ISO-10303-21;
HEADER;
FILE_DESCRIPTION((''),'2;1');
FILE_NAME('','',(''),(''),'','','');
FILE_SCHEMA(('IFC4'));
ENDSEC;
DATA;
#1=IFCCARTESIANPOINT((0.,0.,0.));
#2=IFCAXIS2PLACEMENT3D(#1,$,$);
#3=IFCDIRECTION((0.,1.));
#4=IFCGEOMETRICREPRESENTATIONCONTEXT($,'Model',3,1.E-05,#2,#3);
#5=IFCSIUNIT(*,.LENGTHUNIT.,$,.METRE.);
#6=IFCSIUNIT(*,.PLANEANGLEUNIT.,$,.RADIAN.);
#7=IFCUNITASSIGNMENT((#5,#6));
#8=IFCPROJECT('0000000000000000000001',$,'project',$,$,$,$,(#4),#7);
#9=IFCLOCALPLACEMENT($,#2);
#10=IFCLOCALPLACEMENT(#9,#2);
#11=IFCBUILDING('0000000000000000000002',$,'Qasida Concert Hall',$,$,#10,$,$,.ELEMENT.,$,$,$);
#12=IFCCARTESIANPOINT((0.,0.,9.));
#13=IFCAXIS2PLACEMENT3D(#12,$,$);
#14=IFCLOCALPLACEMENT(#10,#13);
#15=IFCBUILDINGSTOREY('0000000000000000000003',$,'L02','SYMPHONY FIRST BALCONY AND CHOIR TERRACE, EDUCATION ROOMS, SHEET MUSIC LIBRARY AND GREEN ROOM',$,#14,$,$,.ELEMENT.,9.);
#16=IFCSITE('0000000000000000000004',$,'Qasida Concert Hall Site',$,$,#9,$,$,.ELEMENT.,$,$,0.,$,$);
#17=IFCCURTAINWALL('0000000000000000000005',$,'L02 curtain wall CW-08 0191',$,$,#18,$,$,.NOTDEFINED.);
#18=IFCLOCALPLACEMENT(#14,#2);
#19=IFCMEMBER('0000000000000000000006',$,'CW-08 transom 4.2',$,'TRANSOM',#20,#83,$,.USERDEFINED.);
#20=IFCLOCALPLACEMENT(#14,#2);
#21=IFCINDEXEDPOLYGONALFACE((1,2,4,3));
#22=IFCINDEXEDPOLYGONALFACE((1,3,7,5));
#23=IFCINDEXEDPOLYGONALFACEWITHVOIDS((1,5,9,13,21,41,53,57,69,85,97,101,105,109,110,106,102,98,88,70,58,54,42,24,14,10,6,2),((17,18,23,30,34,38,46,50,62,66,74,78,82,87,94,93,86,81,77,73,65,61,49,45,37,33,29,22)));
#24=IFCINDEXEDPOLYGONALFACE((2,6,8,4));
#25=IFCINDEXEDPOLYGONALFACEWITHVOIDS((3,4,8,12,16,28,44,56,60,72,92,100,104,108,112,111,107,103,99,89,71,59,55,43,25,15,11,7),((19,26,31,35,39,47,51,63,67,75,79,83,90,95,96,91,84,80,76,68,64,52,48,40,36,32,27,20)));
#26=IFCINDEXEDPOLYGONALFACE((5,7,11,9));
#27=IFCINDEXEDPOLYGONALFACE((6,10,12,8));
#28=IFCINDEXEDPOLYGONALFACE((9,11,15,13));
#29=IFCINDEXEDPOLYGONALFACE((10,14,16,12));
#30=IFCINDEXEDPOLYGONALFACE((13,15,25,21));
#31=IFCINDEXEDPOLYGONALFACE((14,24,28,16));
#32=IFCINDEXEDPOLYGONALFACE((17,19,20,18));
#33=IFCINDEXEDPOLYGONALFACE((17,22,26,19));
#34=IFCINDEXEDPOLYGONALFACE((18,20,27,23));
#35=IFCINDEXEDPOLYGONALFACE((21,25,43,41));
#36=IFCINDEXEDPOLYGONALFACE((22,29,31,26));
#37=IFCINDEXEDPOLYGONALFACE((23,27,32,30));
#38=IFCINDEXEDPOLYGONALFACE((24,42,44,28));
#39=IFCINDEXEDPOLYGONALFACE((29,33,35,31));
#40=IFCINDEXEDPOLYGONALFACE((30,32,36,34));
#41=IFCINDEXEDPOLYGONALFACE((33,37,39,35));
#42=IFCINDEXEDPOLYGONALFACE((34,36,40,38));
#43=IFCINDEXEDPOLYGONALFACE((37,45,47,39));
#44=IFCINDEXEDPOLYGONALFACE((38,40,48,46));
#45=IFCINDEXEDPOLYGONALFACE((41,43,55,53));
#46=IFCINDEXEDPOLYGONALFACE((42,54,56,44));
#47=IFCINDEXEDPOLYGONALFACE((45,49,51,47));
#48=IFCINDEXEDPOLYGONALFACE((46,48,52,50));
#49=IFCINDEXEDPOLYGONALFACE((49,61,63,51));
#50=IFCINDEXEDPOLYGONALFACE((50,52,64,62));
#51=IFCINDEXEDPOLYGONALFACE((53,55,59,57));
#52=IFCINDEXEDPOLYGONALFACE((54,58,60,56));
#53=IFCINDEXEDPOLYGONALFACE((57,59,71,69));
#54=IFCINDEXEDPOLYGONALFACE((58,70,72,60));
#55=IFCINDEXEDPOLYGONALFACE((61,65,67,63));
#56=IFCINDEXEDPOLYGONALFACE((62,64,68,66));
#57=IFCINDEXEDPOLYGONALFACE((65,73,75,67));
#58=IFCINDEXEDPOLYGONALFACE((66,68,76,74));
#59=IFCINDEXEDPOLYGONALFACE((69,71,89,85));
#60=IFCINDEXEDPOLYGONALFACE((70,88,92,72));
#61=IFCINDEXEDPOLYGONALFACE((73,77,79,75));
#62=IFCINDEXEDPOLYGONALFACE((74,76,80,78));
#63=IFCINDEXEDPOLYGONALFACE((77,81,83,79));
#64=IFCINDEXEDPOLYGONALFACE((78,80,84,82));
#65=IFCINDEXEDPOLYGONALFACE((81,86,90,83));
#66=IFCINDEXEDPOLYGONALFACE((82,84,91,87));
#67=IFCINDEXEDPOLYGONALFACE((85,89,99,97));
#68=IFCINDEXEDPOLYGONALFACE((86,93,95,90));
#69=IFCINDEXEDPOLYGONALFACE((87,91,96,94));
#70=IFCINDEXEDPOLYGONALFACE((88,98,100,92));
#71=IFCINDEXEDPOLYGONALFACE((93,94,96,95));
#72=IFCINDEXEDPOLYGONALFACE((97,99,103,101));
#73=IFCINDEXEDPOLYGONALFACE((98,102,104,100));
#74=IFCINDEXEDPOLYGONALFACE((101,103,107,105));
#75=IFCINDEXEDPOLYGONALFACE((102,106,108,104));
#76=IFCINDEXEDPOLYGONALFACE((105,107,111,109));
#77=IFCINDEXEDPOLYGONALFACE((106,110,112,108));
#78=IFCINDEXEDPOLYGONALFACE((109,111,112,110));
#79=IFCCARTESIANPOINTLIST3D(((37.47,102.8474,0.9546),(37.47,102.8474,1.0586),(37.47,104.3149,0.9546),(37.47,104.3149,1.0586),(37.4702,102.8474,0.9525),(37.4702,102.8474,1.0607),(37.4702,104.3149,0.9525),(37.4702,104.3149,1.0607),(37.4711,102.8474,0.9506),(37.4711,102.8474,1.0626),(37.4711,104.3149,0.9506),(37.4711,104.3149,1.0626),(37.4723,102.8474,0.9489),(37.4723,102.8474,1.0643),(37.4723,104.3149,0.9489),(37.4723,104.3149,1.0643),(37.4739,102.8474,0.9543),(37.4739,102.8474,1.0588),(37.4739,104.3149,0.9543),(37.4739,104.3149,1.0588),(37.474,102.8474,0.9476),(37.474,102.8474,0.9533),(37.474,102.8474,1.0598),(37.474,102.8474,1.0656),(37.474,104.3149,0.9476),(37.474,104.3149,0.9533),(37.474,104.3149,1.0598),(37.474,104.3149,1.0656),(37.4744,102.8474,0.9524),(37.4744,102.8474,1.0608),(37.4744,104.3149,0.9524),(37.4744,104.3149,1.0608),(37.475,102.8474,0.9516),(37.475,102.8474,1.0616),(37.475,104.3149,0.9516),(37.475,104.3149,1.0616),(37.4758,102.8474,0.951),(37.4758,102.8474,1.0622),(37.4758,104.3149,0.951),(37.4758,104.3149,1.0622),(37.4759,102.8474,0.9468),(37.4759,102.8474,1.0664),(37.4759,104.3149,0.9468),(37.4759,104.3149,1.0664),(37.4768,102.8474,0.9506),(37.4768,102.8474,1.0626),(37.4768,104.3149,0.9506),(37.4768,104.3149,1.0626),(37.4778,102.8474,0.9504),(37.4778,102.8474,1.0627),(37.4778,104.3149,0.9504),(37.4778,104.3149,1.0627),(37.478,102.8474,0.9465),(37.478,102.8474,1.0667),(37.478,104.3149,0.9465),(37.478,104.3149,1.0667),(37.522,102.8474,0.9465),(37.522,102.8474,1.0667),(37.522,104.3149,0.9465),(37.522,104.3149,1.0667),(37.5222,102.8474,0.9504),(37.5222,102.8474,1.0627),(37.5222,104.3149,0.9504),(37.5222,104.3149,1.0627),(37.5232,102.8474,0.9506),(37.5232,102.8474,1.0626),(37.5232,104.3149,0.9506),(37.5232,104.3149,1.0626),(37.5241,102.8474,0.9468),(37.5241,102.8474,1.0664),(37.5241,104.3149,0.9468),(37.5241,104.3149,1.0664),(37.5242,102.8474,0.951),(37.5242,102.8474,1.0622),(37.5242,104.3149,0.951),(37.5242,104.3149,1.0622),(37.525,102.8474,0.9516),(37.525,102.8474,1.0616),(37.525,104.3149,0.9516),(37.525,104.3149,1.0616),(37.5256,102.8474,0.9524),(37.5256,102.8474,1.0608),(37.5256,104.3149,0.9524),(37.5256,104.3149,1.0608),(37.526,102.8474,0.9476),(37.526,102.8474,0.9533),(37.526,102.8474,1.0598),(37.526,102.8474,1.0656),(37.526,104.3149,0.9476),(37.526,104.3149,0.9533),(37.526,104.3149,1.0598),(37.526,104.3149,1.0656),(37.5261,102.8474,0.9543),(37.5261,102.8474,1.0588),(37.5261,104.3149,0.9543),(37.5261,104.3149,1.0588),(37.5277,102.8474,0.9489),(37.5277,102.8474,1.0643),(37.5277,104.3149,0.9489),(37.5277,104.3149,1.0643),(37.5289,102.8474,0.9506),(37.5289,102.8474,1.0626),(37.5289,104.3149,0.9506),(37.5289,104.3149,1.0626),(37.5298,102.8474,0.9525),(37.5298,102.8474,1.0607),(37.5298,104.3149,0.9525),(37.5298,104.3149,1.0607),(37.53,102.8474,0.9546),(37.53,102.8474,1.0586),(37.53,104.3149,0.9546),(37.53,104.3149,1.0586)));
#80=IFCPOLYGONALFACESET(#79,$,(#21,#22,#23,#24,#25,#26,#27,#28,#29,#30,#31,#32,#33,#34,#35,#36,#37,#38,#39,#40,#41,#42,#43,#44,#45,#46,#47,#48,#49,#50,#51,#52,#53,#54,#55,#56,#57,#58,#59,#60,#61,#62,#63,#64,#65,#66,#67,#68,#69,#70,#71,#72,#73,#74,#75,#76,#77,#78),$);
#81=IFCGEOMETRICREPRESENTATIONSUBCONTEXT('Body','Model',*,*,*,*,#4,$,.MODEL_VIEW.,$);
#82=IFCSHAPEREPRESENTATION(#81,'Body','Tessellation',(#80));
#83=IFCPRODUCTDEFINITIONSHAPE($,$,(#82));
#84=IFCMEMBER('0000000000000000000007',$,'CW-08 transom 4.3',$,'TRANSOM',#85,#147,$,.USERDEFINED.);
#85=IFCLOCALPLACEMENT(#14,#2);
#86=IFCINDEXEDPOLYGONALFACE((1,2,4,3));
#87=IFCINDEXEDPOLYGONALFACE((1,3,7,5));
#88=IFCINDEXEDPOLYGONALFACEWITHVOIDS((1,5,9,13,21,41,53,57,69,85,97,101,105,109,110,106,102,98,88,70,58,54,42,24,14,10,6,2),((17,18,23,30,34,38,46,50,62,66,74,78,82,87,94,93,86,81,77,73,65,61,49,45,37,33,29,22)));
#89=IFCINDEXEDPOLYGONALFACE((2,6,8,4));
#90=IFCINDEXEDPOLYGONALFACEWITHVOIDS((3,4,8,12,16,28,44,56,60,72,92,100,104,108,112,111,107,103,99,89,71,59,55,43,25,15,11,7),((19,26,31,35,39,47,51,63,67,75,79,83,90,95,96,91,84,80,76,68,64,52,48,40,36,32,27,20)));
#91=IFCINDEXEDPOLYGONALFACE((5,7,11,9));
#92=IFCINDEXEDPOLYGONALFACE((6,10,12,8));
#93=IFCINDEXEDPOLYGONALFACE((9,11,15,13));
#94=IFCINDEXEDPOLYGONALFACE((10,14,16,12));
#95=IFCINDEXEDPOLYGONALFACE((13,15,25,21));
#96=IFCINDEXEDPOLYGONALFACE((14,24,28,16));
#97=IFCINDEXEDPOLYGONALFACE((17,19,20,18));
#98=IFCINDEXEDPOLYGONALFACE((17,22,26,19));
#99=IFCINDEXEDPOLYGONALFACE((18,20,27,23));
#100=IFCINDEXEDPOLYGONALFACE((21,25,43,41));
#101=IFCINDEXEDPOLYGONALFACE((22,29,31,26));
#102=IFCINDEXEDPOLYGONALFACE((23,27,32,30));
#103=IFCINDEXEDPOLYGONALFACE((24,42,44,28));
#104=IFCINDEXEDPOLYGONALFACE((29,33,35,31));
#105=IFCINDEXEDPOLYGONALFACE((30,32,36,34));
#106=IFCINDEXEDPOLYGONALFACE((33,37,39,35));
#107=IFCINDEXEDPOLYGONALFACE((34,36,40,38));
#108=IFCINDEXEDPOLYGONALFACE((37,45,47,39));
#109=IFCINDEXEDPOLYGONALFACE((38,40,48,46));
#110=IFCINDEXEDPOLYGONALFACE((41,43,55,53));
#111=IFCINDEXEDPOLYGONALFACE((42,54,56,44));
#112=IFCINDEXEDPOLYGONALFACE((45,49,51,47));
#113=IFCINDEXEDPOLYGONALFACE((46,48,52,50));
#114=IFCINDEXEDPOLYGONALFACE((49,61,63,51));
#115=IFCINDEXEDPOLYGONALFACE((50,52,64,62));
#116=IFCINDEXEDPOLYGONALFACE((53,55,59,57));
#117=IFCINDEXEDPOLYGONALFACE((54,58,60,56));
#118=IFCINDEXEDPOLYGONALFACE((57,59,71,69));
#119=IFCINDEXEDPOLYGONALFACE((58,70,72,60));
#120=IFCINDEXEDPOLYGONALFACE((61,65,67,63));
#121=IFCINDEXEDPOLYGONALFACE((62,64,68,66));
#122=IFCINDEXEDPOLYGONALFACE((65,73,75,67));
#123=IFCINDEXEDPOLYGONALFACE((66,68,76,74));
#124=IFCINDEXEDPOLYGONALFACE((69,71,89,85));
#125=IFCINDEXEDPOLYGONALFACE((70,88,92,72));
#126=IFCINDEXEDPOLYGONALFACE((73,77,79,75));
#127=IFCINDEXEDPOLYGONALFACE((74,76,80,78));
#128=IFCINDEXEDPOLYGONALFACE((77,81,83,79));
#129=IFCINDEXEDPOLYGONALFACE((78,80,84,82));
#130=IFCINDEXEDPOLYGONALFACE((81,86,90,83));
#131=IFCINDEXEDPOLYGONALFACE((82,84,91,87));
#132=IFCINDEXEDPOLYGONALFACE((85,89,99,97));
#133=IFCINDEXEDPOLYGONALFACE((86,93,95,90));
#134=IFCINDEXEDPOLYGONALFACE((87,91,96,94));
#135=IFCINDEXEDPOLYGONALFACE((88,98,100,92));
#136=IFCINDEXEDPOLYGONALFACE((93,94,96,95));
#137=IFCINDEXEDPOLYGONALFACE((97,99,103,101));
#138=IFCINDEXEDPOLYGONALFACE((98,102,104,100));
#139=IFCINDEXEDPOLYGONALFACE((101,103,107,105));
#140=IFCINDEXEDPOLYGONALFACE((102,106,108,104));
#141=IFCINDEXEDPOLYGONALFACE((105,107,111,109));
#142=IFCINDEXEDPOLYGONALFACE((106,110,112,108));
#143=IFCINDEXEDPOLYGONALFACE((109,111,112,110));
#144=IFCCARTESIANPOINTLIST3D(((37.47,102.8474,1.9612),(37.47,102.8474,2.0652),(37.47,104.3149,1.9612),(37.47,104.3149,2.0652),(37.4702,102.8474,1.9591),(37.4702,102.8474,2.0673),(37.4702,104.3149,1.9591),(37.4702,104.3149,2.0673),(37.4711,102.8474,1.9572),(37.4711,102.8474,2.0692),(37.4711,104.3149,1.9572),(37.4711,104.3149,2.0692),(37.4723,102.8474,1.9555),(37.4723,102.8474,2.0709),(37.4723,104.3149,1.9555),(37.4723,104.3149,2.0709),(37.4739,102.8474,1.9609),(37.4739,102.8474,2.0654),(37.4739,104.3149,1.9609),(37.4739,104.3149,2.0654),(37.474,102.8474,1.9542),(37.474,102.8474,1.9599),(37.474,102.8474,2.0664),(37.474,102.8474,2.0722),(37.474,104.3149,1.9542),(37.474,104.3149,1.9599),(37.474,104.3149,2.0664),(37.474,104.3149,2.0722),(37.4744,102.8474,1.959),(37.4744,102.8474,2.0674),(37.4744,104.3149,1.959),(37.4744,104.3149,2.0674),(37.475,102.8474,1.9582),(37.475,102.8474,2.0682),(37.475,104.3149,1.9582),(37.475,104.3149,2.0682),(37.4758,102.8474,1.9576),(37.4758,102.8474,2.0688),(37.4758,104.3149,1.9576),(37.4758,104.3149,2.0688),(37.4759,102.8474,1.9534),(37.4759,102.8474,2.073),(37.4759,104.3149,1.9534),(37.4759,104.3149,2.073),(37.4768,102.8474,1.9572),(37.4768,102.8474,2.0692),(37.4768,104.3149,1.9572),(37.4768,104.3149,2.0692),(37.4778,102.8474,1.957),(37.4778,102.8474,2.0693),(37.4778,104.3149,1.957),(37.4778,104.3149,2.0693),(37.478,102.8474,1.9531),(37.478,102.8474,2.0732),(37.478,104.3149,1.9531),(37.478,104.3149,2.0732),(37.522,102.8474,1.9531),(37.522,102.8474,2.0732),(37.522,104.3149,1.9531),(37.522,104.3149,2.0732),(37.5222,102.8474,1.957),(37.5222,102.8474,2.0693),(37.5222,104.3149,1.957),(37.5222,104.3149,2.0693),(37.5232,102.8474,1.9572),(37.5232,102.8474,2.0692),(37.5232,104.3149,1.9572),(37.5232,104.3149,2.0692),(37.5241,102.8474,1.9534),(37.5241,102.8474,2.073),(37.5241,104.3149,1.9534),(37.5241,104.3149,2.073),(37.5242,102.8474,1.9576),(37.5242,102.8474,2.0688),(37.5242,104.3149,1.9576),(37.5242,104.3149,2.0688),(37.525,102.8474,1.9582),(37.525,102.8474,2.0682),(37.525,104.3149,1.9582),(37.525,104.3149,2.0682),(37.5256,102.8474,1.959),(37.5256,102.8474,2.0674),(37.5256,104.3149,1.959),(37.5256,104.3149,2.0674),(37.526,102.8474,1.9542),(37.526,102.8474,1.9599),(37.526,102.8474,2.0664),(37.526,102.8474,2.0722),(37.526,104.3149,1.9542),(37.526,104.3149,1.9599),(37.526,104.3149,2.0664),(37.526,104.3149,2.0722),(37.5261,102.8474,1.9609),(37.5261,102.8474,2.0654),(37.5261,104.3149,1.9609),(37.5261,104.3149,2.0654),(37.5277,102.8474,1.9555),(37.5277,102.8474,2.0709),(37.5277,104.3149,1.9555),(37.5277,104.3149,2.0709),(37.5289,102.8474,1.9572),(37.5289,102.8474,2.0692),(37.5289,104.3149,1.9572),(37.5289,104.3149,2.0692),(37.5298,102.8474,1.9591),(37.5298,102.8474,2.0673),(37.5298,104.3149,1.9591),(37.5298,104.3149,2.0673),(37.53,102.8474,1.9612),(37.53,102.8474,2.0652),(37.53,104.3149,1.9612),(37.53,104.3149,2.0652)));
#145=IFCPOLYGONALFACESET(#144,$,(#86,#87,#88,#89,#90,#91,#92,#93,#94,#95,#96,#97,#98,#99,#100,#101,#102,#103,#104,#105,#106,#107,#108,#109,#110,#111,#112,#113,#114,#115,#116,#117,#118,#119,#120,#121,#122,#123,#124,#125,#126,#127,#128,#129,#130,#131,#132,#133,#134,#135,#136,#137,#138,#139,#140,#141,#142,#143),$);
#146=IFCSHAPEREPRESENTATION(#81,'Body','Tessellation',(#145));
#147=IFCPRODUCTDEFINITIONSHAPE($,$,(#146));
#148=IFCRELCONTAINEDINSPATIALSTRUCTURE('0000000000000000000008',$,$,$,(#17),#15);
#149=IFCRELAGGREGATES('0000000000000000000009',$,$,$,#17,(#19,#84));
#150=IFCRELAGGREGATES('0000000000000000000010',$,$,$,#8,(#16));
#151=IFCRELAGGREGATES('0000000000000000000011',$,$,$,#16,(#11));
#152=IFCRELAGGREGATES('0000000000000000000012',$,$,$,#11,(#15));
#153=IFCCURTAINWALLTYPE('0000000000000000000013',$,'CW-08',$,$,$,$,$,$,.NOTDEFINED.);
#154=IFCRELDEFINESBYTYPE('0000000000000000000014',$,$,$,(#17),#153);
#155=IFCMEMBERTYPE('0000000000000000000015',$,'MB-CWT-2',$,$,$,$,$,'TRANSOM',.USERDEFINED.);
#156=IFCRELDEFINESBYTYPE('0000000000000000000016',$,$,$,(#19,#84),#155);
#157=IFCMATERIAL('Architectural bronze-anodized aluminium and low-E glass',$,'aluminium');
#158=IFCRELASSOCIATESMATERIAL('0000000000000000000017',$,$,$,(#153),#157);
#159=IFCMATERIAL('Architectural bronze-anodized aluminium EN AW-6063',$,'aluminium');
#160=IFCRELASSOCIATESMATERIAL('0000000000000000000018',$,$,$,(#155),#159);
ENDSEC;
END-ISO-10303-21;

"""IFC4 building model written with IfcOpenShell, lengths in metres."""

from ifc_helpers import new_model, si_unit, direction, frame, origin, origin_2d, place, context, subcontext, project, spatial, hollow_rectangle, extrude, material, material_profile, profile_set, type_object, element, aggregate, save


model = new_model("IFC4")

# Units and contexts
model_context = context("Model", 3, precision=1e-05, world=origin(), true_north=direction((0.0, 1.0)))
body_context = subcontext(model_context, "Body", "Model", "MODEL_VIEW")
ifc_project = project(units=[si_unit("LENGTHUNIT", "METRE"), si_unit("PLANEANGLEUNIT", "RADIAN")], contexts=[model_context])

# Site, building, storey
site_placement = place(None, origin())
site = spatial("IfcSite", under=ifc_project, at=site_placement, Name="Qasida Concert Hall Site", CompositionType="ELEMENT", RefElevation=0.0)
building_placement = place(site_placement, origin())
building = spatial("IfcBuilding", under=site, at=building_placement, Name="Qasida Concert Hall", CompositionType="ELEMENT")
storey_placement = place(building_placement, frame((0.0, 0.0, 9.0)))
storey = spatial("IfcBuildingStorey", under=building, at=storey_placement, Name="L02", Description="SYMPHONY FIRST BALCONY AND CHOIR TERRACE, EDUCATION ROOMS, SHEET MUSIC LIBRARY AND GREEN ROOM", CompositionType="ELEMENT", Elevation=9.0)

# Curtain wall, members
ifc_material_1 = material(Name="Architectural bronze-anodized aluminium and low-E glass", Category="aluminium")
curtain_wall_type = type_object("IfcCurtainWallType", Name="CW-08", PredefinedType="NOTDEFINED", material=ifc_material_1)
curtain_wall_placement = place(storey_placement, origin())
curtain_wall = element("IfcCurtainWall", 1, at=curtain_wall_placement, inside=storey, type_object=curtain_wall_type, Name="L02 curtain wall CW-08 0191", PredefinedType="NOTDEFINED")
ifc_material_2 = material(Name="Architectural bronze-anodized aluminium EN AW-6063", Category="aluminium")
ifc_material_profile_1 = material_profile(ifc_material_2, hollow_rectangle(XDim=0.0601, YDim=0.1201, WallThickness=0.0039, InnerFilletRadius=0.0039, OuterFilletRadius=0.0081, at=origin_2d()), Name="CWT 120x60x4")
ifc_profile_set_1 = profile_set([ifc_material_profile_1], Name="Architectural bronze-anodized aluminium EN AW-6063")
member_type_1 = type_object("IfcMemberType", Name="MB-CWT-2", ElementType="TRANSOM", PredefinedType="USERDEFINED", material=ifc_profile_set_1)
member_1_placement = place(storey_placement, frame((37.5, 102.8474, 1.0066), z_axis=(0.0, 1.0, 0.0), x_axis=(-1.0, 0.0, 0.0)))
member_1 = element("IfcMember", 2, at=member_1_placement, type_object=member_type_1, Name="CW-08 transom 4.2", ObjectType="TRANSOM", PredefinedType="USERDEFINED", context=body_context, shape_type="SweptSolid", body=[
    extrude(hollow_rectangle(XDim=0.0601, YDim=0.1201, WallThickness=0.0039, InnerFilletRadius=0.0039, OuterFilletRadius=0.0081, at=origin_2d()), origin(), (0.0, 0.0, 1.0), 1.4675),
])
member_2_placement = place(storey_placement, frame((37.5, 102.8474, 2.0132), z_axis=(0.0, 1.0, 0.0), x_axis=(-1.0, 0.0, 0.0)))
member_2 = element("IfcMember", 3, at=member_2_placement, type_object=member_type_1, Name="CW-08 transom 4.3", ObjectType="TRANSOM", PredefinedType="USERDEFINED", context=body_context, shape_type="SweptSolid", body=[
    extrude(hollow_rectangle(XDim=0.0601, YDim=0.1201, WallThickness=0.0039, InnerFilletRadius=0.0039, OuterFilletRadius=0.0081, at=origin_2d()), origin(), (0.0, 0.0, 1.0), 1.4675),
])
aggregate(curtain_wall, [member_1, member_2])

save(model, "model.ifc")
